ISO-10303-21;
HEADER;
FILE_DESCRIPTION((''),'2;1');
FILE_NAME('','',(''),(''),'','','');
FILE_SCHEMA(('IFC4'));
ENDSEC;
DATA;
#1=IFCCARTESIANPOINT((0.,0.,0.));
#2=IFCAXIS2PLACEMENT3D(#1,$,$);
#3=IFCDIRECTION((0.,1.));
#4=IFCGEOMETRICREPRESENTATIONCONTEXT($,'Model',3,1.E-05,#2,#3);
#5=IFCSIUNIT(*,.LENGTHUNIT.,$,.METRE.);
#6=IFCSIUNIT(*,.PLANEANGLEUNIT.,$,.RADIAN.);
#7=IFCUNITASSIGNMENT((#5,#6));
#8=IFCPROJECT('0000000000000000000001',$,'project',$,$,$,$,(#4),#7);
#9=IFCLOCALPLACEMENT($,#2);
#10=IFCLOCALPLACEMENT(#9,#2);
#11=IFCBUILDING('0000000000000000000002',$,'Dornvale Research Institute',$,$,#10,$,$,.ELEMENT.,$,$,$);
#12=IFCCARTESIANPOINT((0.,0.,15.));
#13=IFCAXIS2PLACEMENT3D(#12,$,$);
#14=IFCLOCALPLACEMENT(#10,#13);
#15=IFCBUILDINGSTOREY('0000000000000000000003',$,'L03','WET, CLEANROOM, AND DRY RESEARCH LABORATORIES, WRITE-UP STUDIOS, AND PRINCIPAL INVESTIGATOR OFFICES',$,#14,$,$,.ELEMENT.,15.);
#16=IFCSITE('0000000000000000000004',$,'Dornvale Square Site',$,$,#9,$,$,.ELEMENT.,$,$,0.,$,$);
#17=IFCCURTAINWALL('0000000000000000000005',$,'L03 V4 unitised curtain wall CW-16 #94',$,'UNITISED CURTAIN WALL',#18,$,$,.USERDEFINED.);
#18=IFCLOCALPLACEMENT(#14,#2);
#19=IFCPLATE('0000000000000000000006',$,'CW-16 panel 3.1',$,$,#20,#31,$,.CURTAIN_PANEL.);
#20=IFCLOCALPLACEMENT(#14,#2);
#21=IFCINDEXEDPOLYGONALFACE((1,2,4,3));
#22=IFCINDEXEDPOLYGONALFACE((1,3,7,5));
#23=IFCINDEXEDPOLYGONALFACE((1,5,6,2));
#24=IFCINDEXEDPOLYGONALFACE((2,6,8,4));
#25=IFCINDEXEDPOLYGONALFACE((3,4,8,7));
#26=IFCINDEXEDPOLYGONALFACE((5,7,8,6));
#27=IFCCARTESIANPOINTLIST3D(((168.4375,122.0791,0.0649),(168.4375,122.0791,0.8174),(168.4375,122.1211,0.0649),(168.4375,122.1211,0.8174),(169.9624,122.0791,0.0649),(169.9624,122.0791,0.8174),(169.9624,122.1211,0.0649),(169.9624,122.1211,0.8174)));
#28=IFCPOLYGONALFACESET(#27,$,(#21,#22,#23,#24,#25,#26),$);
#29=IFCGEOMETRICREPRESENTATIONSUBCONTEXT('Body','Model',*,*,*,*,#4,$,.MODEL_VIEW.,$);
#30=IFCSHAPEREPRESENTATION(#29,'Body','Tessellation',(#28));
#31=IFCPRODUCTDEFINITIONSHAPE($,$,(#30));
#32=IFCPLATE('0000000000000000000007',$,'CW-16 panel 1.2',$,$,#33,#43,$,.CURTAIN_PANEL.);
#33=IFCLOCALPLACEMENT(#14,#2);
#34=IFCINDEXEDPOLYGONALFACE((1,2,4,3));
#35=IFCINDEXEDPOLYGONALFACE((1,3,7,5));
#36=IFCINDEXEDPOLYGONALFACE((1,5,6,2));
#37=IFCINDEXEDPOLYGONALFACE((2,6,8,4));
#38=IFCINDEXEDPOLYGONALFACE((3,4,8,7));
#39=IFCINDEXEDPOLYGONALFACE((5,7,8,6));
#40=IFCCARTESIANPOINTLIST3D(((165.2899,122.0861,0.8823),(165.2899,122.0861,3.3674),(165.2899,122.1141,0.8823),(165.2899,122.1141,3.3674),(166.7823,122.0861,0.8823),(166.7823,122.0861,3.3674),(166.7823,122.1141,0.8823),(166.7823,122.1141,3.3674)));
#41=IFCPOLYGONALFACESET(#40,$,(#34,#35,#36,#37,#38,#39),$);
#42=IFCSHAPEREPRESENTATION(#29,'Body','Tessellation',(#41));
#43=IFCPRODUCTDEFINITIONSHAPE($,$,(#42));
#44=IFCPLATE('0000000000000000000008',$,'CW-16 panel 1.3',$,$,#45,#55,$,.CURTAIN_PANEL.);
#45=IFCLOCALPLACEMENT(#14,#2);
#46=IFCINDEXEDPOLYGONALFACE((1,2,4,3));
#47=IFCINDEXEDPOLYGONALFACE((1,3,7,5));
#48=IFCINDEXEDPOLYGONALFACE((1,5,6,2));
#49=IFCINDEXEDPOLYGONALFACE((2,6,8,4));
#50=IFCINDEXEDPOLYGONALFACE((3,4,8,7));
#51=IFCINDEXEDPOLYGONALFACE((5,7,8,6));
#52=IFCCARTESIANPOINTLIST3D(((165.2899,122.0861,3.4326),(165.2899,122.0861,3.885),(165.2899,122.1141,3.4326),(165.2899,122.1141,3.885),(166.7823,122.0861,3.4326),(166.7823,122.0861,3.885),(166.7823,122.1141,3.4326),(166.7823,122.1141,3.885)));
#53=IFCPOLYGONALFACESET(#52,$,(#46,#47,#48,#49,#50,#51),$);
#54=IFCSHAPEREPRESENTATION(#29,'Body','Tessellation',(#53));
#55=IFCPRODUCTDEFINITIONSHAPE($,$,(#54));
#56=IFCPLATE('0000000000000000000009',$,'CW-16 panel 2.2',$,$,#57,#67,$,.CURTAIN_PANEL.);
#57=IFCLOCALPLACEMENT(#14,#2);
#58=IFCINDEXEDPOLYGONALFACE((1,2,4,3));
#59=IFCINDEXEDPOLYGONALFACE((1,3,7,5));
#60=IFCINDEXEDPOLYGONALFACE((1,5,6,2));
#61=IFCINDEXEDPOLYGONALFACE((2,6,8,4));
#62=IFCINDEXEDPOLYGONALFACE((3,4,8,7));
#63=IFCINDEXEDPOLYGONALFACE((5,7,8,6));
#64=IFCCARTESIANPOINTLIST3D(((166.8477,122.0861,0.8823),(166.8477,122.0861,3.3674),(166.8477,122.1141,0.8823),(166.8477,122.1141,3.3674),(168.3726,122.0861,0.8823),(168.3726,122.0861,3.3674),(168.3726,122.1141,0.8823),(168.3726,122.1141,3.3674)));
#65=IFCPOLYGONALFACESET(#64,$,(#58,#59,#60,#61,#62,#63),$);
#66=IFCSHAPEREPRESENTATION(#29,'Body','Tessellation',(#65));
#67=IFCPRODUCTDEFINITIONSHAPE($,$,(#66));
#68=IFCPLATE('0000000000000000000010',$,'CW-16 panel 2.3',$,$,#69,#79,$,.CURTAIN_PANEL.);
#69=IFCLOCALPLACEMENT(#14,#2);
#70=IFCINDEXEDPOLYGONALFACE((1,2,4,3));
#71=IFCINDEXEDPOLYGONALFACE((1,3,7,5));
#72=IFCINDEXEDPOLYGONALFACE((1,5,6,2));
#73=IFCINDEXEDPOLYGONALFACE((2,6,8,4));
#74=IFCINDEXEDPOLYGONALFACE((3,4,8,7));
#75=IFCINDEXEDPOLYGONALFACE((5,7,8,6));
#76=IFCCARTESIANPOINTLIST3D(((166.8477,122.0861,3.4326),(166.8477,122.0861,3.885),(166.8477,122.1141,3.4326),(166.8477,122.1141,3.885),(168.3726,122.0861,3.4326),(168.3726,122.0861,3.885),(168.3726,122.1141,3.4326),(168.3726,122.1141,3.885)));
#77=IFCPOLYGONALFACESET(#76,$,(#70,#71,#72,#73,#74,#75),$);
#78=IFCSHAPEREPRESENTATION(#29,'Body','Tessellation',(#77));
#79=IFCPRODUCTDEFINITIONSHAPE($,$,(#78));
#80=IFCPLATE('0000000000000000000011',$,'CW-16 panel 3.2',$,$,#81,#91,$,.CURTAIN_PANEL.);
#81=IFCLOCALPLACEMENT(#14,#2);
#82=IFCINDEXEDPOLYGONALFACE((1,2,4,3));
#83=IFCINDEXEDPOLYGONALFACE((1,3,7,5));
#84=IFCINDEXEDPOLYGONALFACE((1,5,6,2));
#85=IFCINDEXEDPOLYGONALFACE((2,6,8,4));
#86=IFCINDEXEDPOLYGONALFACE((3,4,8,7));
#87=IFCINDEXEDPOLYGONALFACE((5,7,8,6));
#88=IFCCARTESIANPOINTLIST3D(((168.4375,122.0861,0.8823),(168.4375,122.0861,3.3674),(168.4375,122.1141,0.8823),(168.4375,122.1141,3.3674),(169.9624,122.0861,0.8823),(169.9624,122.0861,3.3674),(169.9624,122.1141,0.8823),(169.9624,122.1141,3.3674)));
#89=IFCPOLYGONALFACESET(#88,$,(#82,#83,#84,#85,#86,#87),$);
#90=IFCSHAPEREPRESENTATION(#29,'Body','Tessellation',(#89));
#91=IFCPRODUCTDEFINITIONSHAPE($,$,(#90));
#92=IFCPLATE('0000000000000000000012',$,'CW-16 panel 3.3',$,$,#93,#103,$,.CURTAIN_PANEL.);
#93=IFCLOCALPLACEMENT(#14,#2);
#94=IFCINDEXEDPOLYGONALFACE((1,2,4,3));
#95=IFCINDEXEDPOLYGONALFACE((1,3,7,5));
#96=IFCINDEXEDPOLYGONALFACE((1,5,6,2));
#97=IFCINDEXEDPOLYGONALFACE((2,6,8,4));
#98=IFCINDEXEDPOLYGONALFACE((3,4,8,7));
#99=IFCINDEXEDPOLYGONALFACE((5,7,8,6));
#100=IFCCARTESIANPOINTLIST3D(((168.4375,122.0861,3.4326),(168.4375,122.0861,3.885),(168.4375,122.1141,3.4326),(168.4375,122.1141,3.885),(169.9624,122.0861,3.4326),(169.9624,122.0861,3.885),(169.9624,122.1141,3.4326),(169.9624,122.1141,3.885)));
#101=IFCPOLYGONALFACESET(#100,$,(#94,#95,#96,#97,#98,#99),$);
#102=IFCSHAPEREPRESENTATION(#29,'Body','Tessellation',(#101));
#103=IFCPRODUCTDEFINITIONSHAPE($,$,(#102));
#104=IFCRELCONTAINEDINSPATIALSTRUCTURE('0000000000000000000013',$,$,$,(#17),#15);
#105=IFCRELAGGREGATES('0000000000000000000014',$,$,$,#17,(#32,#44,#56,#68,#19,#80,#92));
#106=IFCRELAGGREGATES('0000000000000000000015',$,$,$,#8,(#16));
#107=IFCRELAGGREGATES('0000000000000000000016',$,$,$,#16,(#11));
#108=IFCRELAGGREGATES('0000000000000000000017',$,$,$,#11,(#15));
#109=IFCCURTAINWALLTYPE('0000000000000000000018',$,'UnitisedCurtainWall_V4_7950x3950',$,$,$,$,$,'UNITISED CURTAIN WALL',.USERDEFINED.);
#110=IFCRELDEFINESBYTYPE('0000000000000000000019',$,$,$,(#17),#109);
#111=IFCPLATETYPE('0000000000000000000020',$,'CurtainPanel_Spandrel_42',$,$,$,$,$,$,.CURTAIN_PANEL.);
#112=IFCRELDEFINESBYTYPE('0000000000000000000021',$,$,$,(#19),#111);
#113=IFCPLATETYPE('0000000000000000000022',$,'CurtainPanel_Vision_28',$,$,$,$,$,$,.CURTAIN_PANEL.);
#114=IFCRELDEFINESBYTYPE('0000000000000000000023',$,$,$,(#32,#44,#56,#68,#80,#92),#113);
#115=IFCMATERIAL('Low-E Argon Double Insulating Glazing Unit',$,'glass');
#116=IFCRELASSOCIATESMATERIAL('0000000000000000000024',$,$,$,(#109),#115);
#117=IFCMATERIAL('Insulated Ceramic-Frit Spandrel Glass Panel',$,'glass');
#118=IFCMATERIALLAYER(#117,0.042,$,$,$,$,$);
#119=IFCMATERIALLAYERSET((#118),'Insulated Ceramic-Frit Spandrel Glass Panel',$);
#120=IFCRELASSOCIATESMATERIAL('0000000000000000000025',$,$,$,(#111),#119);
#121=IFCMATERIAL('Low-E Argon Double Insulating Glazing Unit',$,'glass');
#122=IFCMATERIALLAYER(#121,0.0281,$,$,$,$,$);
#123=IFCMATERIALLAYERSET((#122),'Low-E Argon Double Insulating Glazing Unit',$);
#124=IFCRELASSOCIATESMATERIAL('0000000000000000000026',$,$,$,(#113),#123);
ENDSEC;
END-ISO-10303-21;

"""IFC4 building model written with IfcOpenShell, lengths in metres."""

from ifc_helpers import new_model, si_unit, direction, frame, origin, origin_2d, place, context, subcontext, project, spatial, rectangle, extrude, material, layer, layer_set, type_object, element, aggregate, save


model = new_model("IFC4")

# Units and contexts
model_context = context("Model", 3, precision=1e-05, world=origin(), true_north=direction((0.0, 1.0)))
body_context = subcontext(model_context, "Body", "Model", "MODEL_VIEW")
ifc_project = project(units=[si_unit("LENGTHUNIT", "METRE"), si_unit("PLANEANGLEUNIT", "RADIAN")], contexts=[model_context])

# Site, building, storey
site_placement = place(None, origin())
site = spatial("IfcSite", under=ifc_project, at=site_placement, Name="Dornvale Square Site", CompositionType="ELEMENT", RefElevation=0.0)
building_placement = place(site_placement, origin())
building = spatial("IfcBuilding", under=site, at=building_placement, Name="Dornvale Research Institute", CompositionType="ELEMENT")
storey_placement = place(building_placement, frame((0.0, 0.0, 15.0)))
storey = spatial("IfcBuildingStorey", under=building, at=storey_placement, Name="L03", Description="WET, CLEANROOM, AND DRY RESEARCH LABORATORIES, WRITE-UP STUDIOS, AND PRINCIPAL INVESTIGATOR OFFICES", CompositionType="ELEMENT", Elevation=15.0)

# Curtain wall, plates
ifc_material_1 = material(Name="Low-E Argon Double Insulating Glazing Unit", Category="glass")
curtain_wall_type = type_object("IfcCurtainWallType", Name="UnitisedCurtainWall_V4_7950x3950", ElementType="UNITISED CURTAIN WALL", PredefinedType="USERDEFINED", material=ifc_material_1)
curtain_wall_placement = place(storey_placement, origin())
curtain_wall = element("IfcCurtainWall", 1, at=curtain_wall_placement, inside=storey, type_object=curtain_wall_type, Name="L03 V4 unitised curtain wall CW-16 #94", ObjectType="UNITISED CURTAIN WALL", PredefinedType="USERDEFINED")
ifc_material_2 = material(Name="Insulated Ceramic-Frit Spandrel Glass Panel", Category="glass")
ifc_layer_1 = layer(ifc_material_2, 0.042)
ifc_layer_set_1 = layer_set([ifc_layer_1], Name="Insulated Ceramic-Frit Spandrel Glass Panel")
plate_type_1 = type_object("IfcPlateType", Name="CurtainPanel_Spandrel_42", PredefinedType="CURTAIN_PANEL", material=ifc_layer_set_1)
plate_1_placement = place(storey_placement, frame((169.2, 122.1001, 0.0649), z_axis=(0.0, 0.0, 1.0), x_axis=(1.0, 0.0, 0.0)))
plate_1 = element("IfcPlate", 2, at=plate_1_placement, type_object=plate_type_1, Name="CW-16 panel 3.1", PredefinedType="CURTAIN_PANEL", context=body_context, shape_type="SweptSolid", body=[
    extrude(rectangle(XDim=1.5249, YDim=0.042, at=origin_2d()), origin(), (0.0, 0.0, 1.0), 0.7524),
])
ifc_material_3 = material(Name="Low-E Argon Double Insulating Glazing Unit", Category="glass")
ifc_layer_2 = layer(ifc_material_3, 0.0281)
ifc_layer_set_2 = layer_set([ifc_layer_2], Name="Low-E Argon Double Insulating Glazing Unit")
plate_type_2 = type_object("IfcPlateType", Name="CurtainPanel_Vision_28", PredefinedType="CURTAIN_PANEL", material=ifc_layer_set_2)
plate_2_placement = place(storey_placement, frame((166.0361, 122.1001, 0.8823), z_axis=(0.0, 0.0, 1.0), x_axis=(1.0, 0.0, 0.0)))
plate_2 = element("IfcPlate", 3, at=plate_2_placement, type_object=plate_type_2, Name="CW-16 panel 1.2", PredefinedType="CURTAIN_PANEL", context=body_context, shape_type="SweptSolid", body=[
    extrude(rectangle(XDim=1.4924, YDim=0.0281, at=origin_2d()), origin(), (0.0, 0.0, 1.0), 2.4851),
])
plate_3_placement = place(storey_placement, frame((166.0361, 122.1001, 3.4326), z_axis=(0.0, 0.0, 1.0), x_axis=(1.0, 0.0, 0.0)))
plate_3 = element("IfcPlate", 4, at=plate_3_placement, type_object=plate_type_2, Name="CW-16 panel 1.3", PredefinedType="CURTAIN_PANEL", context=body_context, shape_type="SweptSolid", body=[
    extrude(rectangle(XDim=1.4924, YDim=0.0281, at=origin_2d()), origin(), (0.0, 0.0, 1.0), 0.4524),
])
plate_4_placement = place(storey_placement, frame((167.6101, 122.1001, 0.8823), z_axis=(0.0, 0.0, 1.0), x_axis=(1.0, 0.0, 0.0)))
plate_4 = element("IfcPlate", 5, at=plate_4_placement, type_object=plate_type_2, Name="CW-16 panel 2.2", PredefinedType="CURTAIN_PANEL", context=body_context, shape_type="SweptSolid", body=[
    extrude(rectangle(XDim=1.5249, YDim=0.0281, at=origin_2d()), origin(), (0.0, 0.0, 1.0), 2.4851),
])
plate_5_placement = place(storey_placement, frame((167.6101, 122.1001, 3.4326), z_axis=(0.0, 0.0, 1.0), x_axis=(1.0, 0.0, 0.0)))
plate_5 = element("IfcPlate", 6, at=plate_5_placement, type_object=plate_type_2, Name="CW-16 panel 2.3", PredefinedType="CURTAIN_PANEL", context=body_context, shape_type="SweptSolid", body=[
    extrude(rectangle(XDim=1.5249, YDim=0.0281, at=origin_2d()), origin(), (0.0, 0.0, 1.0), 0.4524),
])
plate_6_placement = place(storey_placement, frame((169.2, 122.1001, 0.8823), z_axis=(0.0, 0.0, 1.0), x_axis=(1.0, 0.0, 0.0)))
plate_6 = element("IfcPlate", 7, at=plate_6_placement, type_object=plate_type_2, Name="CW-16 panel 3.2", PredefinedType="CURTAIN_PANEL", context=body_context, shape_type="SweptSolid", body=[
    extrude(rectangle(XDim=1.5249, YDim=0.0281, at=origin_2d()), origin(), (0.0, 0.0, 1.0), 2.4851),
])
plate_7_placement = place(storey_placement, frame((169.2, 122.1001, 3.4326), z_axis=(0.0, 0.0, 1.0), x_axis=(1.0, 0.0, 0.0)))
plate_7 = element("IfcPlate", 8, at=plate_7_placement, type_object=plate_type_2, Name="CW-16 panel 3.3", PredefinedType="CURTAIN_PANEL", context=body_context, shape_type="SweptSolid", body=[
    extrude(rectangle(XDim=1.5249, YDim=0.0281, at=origin_2d()), origin(), (0.0, 0.0, 1.0), 0.4524),
])
aggregate(curtain_wall, [plate_2, plate_3, plate_4, plate_5, plate_1, plate_6, plate_7])

save(model, "model.ifc")
